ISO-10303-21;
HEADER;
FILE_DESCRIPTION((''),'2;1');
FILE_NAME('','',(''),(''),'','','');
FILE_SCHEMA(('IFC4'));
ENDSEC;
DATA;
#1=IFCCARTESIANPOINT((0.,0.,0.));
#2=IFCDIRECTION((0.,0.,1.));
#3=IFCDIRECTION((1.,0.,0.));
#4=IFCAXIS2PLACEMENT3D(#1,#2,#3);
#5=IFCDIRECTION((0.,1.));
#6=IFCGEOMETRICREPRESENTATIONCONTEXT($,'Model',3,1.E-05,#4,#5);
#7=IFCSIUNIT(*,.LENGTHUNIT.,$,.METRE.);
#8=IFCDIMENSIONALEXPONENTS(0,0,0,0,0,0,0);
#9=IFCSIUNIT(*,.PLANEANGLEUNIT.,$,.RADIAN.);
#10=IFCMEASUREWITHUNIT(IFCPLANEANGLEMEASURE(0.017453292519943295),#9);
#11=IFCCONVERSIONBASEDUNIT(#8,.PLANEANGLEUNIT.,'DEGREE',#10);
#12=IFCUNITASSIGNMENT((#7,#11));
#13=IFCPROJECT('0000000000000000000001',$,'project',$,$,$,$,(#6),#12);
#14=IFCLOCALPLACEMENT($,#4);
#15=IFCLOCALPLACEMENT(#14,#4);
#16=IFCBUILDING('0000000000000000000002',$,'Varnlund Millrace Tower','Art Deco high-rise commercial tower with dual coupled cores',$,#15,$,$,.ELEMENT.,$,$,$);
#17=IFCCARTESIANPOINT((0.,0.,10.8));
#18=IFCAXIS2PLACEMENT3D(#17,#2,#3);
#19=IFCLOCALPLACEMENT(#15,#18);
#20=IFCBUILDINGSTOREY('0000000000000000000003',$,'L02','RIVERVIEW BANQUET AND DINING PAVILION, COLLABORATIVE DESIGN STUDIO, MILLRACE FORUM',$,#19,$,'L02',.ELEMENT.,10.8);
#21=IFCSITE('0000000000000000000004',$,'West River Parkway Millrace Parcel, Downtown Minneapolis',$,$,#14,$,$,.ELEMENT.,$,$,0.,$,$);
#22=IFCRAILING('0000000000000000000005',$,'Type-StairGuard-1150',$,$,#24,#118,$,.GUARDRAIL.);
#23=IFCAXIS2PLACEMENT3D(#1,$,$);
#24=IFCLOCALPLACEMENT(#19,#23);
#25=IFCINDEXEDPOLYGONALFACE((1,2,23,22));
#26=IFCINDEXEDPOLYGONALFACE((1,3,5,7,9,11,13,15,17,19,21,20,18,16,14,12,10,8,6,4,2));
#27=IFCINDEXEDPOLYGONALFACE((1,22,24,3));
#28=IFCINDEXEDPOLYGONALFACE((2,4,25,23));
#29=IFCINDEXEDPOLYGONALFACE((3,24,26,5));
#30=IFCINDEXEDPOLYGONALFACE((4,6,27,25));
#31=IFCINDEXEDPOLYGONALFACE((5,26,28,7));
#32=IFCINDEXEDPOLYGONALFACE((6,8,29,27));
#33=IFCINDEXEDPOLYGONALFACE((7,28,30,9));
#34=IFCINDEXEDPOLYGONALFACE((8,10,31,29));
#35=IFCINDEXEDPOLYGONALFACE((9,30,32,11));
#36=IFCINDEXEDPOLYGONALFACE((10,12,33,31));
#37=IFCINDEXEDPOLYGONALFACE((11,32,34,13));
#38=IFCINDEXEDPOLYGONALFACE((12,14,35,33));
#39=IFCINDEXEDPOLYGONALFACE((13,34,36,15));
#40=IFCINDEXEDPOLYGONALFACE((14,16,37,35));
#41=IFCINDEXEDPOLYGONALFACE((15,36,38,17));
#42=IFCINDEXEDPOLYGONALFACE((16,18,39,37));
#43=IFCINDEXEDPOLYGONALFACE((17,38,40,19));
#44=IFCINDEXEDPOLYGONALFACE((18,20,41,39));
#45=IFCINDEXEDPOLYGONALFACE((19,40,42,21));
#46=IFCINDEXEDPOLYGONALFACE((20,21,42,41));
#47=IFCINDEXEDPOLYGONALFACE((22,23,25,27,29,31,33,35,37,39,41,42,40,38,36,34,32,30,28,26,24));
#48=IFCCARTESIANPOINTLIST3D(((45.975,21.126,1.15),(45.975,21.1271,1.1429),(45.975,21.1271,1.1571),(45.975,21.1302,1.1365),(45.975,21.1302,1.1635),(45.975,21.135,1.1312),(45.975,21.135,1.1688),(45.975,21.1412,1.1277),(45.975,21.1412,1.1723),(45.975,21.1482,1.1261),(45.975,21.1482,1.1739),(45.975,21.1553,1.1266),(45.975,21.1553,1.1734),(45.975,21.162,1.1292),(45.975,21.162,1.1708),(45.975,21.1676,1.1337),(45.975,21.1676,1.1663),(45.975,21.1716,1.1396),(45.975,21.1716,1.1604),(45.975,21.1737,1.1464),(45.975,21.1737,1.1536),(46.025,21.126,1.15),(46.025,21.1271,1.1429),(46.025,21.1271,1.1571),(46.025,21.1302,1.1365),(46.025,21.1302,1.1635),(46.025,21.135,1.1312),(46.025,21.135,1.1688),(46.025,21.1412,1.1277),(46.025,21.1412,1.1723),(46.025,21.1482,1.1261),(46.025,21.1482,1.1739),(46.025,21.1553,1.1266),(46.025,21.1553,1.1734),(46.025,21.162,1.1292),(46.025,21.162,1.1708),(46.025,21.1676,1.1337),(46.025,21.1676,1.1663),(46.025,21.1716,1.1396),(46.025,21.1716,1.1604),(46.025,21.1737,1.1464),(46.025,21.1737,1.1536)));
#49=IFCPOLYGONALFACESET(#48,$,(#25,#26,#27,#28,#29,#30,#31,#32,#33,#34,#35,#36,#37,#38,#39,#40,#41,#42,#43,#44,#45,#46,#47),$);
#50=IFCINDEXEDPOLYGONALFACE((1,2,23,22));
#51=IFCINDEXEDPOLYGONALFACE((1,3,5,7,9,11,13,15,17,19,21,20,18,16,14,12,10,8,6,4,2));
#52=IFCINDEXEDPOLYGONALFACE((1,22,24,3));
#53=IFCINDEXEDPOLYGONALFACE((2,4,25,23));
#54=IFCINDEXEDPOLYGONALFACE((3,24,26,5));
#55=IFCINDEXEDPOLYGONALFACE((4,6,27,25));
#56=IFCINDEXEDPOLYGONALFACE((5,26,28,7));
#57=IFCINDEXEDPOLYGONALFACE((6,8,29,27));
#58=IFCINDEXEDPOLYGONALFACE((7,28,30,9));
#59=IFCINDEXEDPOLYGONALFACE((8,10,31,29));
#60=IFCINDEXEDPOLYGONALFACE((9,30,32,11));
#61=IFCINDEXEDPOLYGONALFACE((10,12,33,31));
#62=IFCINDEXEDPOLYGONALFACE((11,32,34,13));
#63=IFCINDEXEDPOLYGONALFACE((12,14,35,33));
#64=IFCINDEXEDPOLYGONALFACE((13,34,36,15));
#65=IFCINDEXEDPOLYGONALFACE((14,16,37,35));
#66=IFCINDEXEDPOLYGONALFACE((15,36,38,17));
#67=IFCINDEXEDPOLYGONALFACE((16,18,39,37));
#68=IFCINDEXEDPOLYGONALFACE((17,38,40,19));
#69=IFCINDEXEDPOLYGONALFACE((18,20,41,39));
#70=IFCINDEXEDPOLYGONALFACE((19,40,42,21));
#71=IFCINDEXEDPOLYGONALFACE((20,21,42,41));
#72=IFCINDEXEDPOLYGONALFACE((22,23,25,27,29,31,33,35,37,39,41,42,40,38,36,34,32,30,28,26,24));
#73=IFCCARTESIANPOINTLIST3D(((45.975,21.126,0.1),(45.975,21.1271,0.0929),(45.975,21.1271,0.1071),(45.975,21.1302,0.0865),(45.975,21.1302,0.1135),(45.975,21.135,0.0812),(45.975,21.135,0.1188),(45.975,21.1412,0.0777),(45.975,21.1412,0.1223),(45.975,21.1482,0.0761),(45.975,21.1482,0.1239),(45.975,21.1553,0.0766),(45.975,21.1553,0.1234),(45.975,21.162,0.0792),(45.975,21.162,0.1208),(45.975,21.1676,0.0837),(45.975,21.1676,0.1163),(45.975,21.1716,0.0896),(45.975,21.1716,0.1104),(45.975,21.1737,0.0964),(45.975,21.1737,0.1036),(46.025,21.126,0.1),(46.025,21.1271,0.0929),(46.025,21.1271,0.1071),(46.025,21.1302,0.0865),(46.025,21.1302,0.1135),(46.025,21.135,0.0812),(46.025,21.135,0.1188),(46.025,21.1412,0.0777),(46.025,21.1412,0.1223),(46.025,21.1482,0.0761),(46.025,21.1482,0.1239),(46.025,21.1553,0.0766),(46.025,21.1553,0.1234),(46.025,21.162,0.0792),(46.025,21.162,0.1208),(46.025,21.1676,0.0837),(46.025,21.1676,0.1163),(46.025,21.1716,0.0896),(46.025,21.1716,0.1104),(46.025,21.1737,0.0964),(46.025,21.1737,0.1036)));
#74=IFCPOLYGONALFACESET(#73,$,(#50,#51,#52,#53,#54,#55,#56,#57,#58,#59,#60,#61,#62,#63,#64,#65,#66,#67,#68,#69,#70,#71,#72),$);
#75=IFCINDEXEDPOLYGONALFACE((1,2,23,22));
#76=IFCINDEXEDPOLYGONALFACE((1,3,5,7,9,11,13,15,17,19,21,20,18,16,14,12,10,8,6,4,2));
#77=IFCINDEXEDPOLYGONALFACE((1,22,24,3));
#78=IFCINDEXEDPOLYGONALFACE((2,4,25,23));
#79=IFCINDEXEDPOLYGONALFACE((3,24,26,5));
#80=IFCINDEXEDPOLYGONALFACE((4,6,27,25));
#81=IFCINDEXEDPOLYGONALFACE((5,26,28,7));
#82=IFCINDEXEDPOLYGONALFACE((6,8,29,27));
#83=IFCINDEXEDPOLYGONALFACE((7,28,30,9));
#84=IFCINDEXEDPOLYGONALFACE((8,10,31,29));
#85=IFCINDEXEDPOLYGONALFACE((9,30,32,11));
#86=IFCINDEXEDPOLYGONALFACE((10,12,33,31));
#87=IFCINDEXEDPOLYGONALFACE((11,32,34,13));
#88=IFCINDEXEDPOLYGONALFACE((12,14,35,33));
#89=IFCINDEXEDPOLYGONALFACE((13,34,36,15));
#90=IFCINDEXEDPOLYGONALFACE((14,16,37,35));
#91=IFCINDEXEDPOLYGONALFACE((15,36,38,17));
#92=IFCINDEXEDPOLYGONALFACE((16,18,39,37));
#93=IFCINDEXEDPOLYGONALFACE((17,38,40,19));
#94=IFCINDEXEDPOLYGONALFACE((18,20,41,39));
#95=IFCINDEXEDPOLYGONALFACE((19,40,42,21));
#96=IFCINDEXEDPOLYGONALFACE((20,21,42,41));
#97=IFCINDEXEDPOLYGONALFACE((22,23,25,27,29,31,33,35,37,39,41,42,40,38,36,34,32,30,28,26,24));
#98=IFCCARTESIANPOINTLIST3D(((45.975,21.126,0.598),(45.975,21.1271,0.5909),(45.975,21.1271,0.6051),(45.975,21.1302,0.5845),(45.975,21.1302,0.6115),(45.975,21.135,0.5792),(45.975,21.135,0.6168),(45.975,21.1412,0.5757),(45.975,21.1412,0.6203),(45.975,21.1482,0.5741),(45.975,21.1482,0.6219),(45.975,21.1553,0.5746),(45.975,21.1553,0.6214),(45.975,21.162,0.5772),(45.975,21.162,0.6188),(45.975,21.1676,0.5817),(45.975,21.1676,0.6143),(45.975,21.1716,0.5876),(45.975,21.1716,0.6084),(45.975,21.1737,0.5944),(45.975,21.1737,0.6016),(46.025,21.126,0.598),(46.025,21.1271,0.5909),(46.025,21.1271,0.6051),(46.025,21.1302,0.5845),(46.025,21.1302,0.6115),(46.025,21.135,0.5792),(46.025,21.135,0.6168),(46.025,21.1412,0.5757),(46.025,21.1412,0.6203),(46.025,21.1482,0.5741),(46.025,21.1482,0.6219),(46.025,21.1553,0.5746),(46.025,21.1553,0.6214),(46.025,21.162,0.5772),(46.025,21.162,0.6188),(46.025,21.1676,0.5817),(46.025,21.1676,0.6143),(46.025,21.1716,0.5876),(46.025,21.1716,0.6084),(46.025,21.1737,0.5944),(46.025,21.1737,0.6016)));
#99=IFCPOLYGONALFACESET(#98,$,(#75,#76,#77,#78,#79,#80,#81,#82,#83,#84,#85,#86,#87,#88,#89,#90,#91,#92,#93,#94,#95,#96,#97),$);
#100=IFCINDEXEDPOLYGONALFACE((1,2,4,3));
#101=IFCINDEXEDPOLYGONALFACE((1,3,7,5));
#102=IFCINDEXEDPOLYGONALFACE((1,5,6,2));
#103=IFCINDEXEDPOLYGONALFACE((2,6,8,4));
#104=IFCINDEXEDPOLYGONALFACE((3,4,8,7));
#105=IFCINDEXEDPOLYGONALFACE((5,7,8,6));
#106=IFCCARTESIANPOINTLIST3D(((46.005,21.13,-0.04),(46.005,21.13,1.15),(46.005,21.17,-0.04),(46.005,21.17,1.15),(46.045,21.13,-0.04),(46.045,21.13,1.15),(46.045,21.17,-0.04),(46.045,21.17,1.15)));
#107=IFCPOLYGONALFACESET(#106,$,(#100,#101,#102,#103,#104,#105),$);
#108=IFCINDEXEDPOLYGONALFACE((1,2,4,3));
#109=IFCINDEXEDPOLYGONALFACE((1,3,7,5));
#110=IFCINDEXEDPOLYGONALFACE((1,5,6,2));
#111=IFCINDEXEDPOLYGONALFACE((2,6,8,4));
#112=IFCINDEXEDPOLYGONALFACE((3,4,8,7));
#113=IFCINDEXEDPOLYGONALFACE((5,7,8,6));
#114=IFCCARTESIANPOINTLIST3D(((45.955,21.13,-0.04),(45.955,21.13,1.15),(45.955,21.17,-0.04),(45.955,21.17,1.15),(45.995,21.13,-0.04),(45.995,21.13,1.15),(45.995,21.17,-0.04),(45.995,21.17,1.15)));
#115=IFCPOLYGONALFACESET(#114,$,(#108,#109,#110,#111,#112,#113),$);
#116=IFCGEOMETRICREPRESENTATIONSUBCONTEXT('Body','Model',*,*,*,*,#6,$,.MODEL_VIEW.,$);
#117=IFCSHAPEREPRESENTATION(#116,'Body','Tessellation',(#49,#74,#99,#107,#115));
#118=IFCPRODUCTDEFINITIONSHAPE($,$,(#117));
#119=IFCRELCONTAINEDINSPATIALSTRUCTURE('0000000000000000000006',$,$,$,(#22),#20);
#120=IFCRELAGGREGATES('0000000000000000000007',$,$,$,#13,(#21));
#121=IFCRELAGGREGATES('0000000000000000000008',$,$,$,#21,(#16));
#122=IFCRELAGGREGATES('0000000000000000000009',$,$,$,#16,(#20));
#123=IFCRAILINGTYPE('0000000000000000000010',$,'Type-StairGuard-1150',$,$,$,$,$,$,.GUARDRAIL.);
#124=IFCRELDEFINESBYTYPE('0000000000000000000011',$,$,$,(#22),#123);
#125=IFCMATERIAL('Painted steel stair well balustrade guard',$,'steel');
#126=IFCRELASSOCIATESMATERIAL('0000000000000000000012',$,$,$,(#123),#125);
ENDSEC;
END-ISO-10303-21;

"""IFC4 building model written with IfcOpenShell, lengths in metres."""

from ifc_helpers import new_model, entity, si_unit, converted_unit, direction, frame, origin_with_axes, origin_2d_with_axis, place, context, subcontext, project, spatial, rectangle, circle, extrude, material, type_object, element, save


model = new_model("IFC4")

# Units and contexts
model_context = context("Model", 3, precision=1e-05, world=origin_with_axes(), true_north=direction((0.0, 1.0)))
body_context = subcontext(model_context, "Body", "Model", "MODEL_VIEW")
ifc_project = project(units=[si_unit("LENGTHUNIT", "METRE"), converted_unit("PLANEANGLEUNIT", "DEGREE", entity("IfcPlaneAngleMeasure", 0.017453292519943295), si_unit("PLANEANGLEUNIT", "RADIAN"), dimensions=[0, 0, 0, 0, 0, 0, 0])], contexts=[model_context])

# Site, building, storey
site_placement = place(None, origin_with_axes())
site = spatial("IfcSite", under=ifc_project, at=site_placement, Name="West River Parkway Millrace Parcel, Downtown Minneapolis", CompositionType="ELEMENT", RefElevation=0.0)
building_placement = place(site_placement, origin_with_axes())
building = spatial("IfcBuilding", under=site, at=building_placement, Name="Varnlund Millrace Tower", Description="Art Deco high-rise commercial tower with dual coupled cores", CompositionType="ELEMENT")
storey_placement = place(building_placement, frame((0.0, 0.0, 10.8), z_axis=(0.0, 0.0, 1.0), x_axis=(1.0, 0.0, 0.0)))
storey = spatial("IfcBuildingStorey", under=building, at=storey_placement, Name="L02", Description="RIVERVIEW BANQUET AND DINING PAVILION, COLLABORATIVE DESIGN STUDIO, MILLRACE FORUM", LongName="L02", CompositionType="ELEMENT", Elevation=10.8)

# Railing
ifc_material_1 = material(Name="Painted steel stair well balustrade guard", Category="steel")
railing_type_1 = type_object("IfcRailingType", Name="Type-StairGuard-1150", PredefinedType="GUARDRAIL", material=ifc_material_1)
railing_1_placement = place(storey_placement, frame((0.0, 0.0, -10.8), z_axis=(0.0, 0.0, 1.0), x_axis=(1.0, 0.0, 0.0)))
element("IfcRailing", 1, at=railing_1_placement, inside=storey, type_object=railing_type_1, Name="Type-StairGuard-1150", PredefinedType="GUARDRAIL", context=body_context, shape_type="SweptSolid", body=[
    extrude(circle(Radius=0.024, at=origin_2d_with_axis()), frame((46.025, 21.15, 11.95), z_axis=(-1.0, 0.0, 0.0), x_axis=(0.0, -1.0, 0.0)), (0.0, 0.0, 1.0), 0.05),
    extrude(circle(Radius=0.024, at=origin_2d_with_axis()), frame((46.025, 21.15, 10.9), z_axis=(-1.0, 0.0, 0.0), x_axis=(0.0, -1.0, 0.0)), (0.0, 0.0, 1.0), 0.05),
    extrude(circle(Radius=0.024, at=origin_2d_with_axis()), frame((46.025, 21.15, 11.398), z_axis=(-1.0, 0.0, 0.0), x_axis=(0.0, -1.0, 0.0)), (0.0, 0.0, 1.0), 0.05),
    extrude(rectangle(XDim=0.04, YDim=0.04, at=origin_2d_with_axis()), frame((46.025, 21.15, 10.76), z_axis=(0.0, 0.0, 1.0), x_axis=(1.0, 0.0, 0.0)), (0.0, 0.0, 1.0), 1.19),
    extrude(rectangle(XDim=0.04, YDim=0.04, at=origin_2d_with_axis()), frame((45.975, 21.15, 10.76), z_axis=(0.0, 0.0, 1.0), x_axis=(1.0, 0.0, 0.0)), (0.0, 0.0, 1.0), 1.19),
])

save(model, "model.ifc")
